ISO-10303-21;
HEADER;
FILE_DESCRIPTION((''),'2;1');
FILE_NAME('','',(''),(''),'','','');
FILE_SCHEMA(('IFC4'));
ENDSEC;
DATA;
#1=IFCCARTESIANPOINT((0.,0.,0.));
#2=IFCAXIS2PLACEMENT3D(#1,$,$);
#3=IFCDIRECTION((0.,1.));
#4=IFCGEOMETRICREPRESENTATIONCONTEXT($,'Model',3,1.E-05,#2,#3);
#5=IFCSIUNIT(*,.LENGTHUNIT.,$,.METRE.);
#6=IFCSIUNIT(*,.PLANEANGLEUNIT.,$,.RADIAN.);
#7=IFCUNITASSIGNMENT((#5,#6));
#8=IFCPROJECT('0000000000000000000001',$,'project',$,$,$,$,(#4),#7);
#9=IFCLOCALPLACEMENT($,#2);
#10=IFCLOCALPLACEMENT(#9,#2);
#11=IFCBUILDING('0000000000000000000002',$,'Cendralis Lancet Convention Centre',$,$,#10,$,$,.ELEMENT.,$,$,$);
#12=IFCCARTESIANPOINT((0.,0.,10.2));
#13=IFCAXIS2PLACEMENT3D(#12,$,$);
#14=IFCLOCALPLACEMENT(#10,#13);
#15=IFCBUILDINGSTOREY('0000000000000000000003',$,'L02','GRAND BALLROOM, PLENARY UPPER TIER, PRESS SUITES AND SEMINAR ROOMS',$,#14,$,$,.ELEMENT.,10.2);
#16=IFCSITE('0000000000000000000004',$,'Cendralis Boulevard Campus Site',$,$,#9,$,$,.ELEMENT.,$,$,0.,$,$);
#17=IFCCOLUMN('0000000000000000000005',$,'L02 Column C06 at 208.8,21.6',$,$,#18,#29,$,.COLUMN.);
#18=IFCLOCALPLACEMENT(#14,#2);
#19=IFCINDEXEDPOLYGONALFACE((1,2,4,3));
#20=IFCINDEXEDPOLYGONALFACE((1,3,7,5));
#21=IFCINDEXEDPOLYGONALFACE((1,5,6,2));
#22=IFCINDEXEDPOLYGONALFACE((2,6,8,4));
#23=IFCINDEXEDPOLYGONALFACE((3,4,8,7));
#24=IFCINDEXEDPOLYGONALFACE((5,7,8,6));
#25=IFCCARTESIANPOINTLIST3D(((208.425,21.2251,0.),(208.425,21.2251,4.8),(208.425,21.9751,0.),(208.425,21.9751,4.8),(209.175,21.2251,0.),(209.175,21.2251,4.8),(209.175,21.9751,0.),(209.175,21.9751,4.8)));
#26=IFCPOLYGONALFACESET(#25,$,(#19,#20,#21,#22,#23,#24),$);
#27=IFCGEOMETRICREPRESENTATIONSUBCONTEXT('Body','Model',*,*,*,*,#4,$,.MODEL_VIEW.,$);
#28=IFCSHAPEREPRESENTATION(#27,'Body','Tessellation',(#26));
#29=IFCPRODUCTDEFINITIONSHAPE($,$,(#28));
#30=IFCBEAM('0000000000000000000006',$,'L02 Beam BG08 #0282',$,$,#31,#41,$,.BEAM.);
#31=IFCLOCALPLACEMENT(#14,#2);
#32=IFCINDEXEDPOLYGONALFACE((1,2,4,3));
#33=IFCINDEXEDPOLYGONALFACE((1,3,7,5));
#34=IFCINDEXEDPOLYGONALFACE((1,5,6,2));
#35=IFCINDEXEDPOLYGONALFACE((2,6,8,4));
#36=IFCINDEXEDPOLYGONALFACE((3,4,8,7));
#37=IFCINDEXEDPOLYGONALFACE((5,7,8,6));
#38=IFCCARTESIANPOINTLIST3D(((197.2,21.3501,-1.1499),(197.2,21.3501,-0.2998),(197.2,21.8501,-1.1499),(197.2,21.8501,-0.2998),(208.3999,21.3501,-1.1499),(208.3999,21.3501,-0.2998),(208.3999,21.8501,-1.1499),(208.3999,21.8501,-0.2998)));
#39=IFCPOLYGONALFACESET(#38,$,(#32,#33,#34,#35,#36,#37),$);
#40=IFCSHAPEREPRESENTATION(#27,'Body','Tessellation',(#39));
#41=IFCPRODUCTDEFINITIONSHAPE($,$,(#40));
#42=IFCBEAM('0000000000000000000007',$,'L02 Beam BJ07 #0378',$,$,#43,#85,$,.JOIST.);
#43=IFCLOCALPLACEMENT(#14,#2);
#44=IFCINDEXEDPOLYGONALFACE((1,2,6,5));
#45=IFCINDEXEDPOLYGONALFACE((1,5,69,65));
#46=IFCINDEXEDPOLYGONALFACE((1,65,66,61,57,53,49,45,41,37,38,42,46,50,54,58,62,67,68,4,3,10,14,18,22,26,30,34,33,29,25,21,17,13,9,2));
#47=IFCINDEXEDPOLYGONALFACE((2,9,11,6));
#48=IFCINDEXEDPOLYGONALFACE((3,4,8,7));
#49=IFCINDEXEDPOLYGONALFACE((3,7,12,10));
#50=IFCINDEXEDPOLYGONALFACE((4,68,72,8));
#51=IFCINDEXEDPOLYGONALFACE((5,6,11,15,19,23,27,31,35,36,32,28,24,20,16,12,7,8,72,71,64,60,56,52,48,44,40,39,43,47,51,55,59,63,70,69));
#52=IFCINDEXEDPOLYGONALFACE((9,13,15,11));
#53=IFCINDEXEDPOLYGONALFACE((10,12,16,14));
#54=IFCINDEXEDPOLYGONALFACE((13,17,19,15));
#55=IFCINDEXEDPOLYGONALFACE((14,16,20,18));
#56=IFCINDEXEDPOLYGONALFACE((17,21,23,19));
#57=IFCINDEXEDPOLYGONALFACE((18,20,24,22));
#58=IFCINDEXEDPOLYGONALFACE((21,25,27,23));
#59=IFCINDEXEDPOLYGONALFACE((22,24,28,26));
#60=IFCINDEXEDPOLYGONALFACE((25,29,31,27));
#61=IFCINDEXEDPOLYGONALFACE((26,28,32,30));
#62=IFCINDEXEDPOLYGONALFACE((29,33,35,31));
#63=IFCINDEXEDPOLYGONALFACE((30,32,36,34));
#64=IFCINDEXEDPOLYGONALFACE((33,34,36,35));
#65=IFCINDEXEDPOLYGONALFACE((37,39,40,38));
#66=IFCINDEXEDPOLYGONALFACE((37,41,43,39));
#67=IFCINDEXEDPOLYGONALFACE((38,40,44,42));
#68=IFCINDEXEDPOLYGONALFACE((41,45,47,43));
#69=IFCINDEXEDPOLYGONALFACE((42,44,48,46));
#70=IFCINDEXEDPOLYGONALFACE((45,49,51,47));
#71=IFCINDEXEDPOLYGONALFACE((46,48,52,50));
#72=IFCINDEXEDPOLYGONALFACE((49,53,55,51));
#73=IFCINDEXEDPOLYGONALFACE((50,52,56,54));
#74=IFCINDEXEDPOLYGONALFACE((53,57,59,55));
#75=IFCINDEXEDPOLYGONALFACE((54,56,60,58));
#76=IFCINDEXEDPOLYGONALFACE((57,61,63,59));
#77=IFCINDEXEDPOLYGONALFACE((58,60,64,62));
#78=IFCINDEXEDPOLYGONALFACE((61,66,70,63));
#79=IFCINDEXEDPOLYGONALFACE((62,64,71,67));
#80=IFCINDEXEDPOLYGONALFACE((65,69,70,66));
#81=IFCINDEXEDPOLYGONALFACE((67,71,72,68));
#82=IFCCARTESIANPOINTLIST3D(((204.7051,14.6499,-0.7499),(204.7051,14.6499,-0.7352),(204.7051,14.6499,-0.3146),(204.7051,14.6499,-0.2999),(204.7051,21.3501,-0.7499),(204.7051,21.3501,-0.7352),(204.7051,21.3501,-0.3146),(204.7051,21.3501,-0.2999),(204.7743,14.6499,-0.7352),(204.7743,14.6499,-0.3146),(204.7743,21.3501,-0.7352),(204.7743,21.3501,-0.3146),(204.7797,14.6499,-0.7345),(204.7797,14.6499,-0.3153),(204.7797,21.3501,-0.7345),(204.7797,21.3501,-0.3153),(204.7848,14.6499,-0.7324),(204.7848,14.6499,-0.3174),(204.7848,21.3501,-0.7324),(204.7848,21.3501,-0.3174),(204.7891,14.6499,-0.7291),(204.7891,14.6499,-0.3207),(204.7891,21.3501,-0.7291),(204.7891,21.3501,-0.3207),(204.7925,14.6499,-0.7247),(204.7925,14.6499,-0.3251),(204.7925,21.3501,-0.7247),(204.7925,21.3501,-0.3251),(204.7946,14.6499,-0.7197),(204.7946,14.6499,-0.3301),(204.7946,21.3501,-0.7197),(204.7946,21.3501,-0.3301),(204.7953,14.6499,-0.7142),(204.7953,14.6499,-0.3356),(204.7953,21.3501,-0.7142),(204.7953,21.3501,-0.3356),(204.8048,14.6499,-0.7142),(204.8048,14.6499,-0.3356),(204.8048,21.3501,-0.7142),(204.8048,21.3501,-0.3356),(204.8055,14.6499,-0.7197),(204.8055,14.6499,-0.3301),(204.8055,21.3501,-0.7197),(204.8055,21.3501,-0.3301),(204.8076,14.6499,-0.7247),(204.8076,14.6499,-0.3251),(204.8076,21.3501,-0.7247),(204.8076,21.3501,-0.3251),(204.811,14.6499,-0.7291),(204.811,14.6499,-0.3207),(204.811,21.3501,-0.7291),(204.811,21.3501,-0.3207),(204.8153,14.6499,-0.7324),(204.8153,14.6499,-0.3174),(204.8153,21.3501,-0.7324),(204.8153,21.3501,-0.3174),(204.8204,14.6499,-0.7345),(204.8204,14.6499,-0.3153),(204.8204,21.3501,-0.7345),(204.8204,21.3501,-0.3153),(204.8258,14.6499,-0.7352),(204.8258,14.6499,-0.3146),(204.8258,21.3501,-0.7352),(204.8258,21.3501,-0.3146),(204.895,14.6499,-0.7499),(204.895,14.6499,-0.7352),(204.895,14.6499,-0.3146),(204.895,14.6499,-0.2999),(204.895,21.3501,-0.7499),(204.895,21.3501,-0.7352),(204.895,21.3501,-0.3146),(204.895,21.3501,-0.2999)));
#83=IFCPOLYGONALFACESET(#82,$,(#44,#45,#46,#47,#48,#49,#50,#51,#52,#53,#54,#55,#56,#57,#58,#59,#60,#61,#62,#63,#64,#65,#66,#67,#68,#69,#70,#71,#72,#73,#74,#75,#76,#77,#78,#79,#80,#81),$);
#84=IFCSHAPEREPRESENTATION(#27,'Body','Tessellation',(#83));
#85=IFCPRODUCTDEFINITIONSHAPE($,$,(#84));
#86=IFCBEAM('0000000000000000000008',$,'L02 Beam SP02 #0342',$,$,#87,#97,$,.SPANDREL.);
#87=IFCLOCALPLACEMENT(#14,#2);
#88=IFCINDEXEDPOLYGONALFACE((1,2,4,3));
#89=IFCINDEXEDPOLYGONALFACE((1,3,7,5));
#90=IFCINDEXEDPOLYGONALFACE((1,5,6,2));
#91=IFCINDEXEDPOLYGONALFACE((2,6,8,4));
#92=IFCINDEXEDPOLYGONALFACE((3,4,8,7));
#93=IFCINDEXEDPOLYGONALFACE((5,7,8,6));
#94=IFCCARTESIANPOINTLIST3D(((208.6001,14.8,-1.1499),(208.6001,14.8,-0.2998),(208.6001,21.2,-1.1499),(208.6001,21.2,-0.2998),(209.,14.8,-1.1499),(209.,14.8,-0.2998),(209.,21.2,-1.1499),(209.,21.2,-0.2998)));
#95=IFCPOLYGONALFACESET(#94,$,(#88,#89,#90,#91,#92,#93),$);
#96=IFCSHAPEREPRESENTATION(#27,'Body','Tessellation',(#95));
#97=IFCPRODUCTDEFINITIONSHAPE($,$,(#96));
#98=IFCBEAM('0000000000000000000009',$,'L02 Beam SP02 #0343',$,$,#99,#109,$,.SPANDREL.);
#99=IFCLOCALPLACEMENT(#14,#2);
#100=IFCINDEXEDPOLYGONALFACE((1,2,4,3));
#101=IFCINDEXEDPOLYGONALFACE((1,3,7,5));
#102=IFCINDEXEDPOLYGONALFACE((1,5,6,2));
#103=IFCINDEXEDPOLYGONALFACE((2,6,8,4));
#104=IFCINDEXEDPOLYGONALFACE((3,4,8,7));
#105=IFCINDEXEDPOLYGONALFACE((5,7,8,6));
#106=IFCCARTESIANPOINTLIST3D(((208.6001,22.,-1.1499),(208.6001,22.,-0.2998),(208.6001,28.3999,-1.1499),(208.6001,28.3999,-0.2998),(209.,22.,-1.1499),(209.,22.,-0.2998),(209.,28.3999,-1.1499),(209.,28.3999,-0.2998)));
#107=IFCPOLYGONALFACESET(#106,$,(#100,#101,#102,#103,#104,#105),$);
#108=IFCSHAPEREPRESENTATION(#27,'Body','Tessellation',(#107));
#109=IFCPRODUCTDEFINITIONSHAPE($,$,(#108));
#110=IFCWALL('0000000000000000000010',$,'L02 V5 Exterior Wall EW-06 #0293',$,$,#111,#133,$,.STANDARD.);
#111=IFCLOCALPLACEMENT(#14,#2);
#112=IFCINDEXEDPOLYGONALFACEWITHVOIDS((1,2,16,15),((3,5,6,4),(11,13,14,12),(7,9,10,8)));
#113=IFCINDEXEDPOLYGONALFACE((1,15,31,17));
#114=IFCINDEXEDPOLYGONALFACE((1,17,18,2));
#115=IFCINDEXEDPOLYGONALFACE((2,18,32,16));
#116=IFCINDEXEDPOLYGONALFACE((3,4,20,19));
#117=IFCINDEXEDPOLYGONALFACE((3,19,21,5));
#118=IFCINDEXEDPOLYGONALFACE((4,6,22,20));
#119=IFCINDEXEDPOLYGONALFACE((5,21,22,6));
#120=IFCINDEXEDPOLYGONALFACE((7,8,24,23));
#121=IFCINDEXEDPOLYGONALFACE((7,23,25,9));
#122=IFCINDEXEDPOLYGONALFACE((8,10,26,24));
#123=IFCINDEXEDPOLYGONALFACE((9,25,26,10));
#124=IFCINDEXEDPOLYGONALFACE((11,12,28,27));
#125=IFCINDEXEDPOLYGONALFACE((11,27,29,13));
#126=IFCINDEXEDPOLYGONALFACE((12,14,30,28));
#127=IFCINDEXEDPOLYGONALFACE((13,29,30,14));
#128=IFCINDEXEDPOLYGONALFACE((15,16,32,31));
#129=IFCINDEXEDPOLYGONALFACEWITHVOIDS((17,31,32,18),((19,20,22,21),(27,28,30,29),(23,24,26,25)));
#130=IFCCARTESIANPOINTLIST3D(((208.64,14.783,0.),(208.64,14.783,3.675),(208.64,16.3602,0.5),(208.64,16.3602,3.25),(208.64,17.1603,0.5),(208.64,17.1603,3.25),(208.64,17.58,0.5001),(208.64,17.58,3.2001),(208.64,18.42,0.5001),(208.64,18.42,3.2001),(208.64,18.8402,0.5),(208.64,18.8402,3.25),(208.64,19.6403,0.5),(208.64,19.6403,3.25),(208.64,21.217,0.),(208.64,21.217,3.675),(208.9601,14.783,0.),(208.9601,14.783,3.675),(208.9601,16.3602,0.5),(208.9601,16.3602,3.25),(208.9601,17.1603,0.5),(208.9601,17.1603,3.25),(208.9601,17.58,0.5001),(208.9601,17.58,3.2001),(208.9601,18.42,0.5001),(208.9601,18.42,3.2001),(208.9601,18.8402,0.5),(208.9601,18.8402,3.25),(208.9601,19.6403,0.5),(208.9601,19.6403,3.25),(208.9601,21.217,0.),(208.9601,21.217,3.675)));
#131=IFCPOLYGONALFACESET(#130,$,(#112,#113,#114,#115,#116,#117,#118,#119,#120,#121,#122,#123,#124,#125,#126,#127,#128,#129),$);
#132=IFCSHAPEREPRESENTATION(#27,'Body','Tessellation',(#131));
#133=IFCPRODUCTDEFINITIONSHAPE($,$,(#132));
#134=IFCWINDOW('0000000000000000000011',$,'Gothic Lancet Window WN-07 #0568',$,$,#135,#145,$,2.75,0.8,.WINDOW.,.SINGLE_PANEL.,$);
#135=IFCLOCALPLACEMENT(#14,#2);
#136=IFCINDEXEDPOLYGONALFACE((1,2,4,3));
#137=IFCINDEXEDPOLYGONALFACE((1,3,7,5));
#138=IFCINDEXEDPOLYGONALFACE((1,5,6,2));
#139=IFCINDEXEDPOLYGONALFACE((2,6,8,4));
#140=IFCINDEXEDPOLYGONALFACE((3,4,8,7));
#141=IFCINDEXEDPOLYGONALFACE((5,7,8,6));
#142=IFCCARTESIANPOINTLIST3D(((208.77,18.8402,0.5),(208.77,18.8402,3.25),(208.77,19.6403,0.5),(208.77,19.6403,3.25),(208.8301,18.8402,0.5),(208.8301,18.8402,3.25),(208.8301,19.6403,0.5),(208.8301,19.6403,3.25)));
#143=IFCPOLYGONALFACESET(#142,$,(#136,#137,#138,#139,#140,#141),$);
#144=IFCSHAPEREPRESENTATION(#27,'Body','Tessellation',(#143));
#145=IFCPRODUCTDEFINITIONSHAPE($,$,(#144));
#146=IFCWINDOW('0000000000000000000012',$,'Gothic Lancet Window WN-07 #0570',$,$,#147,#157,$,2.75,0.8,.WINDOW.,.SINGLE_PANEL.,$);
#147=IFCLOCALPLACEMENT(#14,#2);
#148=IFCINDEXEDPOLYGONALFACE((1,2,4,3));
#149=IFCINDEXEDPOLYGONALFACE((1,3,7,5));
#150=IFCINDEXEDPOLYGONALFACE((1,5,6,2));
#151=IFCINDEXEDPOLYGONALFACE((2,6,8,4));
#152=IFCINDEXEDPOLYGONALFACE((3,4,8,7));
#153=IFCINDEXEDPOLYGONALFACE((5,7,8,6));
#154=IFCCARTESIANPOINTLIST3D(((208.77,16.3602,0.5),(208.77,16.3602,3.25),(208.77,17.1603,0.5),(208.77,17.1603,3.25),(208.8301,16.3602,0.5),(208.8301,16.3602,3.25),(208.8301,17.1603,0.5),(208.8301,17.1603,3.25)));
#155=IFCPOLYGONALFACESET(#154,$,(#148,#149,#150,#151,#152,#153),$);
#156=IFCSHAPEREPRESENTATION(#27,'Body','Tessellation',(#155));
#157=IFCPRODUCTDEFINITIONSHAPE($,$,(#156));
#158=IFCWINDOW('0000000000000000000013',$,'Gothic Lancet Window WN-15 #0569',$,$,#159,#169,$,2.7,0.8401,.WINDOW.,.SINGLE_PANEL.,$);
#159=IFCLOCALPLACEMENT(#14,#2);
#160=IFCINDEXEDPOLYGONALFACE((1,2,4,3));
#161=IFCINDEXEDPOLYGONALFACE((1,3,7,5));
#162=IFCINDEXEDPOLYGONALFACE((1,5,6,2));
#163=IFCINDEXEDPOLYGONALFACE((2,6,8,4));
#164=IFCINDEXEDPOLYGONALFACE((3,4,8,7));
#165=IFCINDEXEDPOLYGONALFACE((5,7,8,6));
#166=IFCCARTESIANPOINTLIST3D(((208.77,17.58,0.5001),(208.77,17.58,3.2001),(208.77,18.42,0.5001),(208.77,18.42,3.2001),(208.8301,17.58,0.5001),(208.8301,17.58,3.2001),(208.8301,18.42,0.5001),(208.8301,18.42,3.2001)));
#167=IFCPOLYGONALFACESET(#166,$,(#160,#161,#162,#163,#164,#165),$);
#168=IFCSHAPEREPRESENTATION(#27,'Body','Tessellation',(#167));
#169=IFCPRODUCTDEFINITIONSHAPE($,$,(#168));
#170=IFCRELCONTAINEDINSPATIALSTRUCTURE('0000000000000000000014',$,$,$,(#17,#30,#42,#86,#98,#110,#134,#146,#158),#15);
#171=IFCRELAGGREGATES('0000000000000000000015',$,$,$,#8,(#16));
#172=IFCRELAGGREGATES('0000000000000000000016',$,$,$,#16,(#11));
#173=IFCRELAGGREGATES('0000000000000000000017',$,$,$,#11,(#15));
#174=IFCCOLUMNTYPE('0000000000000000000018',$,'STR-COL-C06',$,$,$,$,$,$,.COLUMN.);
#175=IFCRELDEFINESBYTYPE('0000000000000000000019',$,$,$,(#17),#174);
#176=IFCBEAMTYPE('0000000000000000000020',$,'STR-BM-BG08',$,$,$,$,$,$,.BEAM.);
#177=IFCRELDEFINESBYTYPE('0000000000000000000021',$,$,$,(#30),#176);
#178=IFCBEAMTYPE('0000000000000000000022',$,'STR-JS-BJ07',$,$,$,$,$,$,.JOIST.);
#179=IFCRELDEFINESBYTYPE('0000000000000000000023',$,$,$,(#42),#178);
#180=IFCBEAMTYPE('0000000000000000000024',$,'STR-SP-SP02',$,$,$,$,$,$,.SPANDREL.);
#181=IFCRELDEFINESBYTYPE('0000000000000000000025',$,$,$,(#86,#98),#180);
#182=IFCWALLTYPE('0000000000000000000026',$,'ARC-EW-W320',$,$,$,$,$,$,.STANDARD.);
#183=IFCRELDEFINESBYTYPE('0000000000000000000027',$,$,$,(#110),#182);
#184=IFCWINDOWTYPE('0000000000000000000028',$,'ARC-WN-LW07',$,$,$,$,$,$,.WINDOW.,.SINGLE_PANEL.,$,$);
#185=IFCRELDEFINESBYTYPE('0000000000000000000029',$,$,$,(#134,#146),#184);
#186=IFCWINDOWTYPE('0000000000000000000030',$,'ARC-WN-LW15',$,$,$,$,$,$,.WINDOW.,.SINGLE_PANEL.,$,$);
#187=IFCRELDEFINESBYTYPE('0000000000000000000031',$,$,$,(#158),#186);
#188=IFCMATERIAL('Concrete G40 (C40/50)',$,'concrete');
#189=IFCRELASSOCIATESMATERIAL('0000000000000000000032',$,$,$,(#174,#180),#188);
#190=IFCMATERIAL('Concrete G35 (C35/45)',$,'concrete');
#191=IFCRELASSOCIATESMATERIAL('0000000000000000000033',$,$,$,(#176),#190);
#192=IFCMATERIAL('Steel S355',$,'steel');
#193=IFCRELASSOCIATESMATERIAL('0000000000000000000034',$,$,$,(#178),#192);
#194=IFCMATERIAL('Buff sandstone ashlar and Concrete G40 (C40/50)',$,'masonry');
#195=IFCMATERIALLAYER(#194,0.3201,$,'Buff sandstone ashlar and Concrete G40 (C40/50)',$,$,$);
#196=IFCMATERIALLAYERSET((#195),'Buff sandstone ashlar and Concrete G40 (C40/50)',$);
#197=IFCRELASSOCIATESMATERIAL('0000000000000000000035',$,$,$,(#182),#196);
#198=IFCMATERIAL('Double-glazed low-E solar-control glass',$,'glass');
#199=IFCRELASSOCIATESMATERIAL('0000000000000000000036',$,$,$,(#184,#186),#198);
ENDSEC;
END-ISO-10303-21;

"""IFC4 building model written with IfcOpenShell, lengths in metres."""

from ifc_helpers import new_model, si_unit, direction, frame, frame_2d, origin, origin_2d, place, context, subcontext, project, spatial, rectangle, i_section, extrude, material, layer, layer_set, material_profile, profile_set, type_object, element, fill, save


model = new_model("IFC4")

# Units and contexts
model_context = context("Model", 3, precision=1e-05, world=origin(), true_north=direction((0.0, 1.0)))
body_context = subcontext(model_context, "Body", "Model", "MODEL_VIEW")
ifc_project = project(units=[si_unit("LENGTHUNIT", "METRE"), si_unit("PLANEANGLEUNIT", "RADIAN")], contexts=[model_context])

# Site, building, storey
site_placement = place(None, origin())
site = spatial("IfcSite", under=ifc_project, at=site_placement, Name="Cendralis Boulevard Campus Site", CompositionType="ELEMENT", RefElevation=0.0)
building_placement = place(site_placement, origin())
building = spatial("IfcBuilding", under=site, at=building_placement, Name="Cendralis Lancet Convention Centre", CompositionType="ELEMENT")
storey_placement = place(building_placement, frame((0.0, 0.0, 10.2)))
storey = spatial("IfcBuildingStorey", under=building, at=storey_placement, Name="L02", Description="GRAND BALLROOM, PLENARY UPPER TIER, PRESS SUITES AND SEMINAR ROOMS", CompositionType="ELEMENT", Elevation=10.2)

# Column
ifc_material_1 = material(Name="Concrete G40 (C40/50)", Category="concrete")
ifc_material_profile_1 = material_profile(ifc_material_1, rectangle(XDim=0.75, YDim=0.75, at=origin_2d()), Name="RC 750x750")
ifc_profile_set_1 = profile_set([ifc_material_profile_1], Name="Concrete G40 (C40/50)")
column_type = type_object("IfcColumnType", Name="STR-COL-C06", PredefinedType="COLUMN", material=ifc_profile_set_1)
column_placement = place(storey_placement, frame((208.8, 21.6001, 0.0), z_axis=(0.0, 0.0, 1.0), x_axis=(1.0, 0.0, 0.0)))
element("IfcColumn", 1, at=column_placement, inside=storey, type_object=column_type, Name="L02 Column C06 at 208.8,21.6", PredefinedType="COLUMN", context=body_context, shape_type="SweptSolid", body=[
    extrude(rectangle(XDim=0.75, YDim=0.75, at=origin_2d()), origin(), (0.0, 0.0, 1.0), 4.8),
])

# Beams
ifc_material_2 = material(Name="Concrete G35 (C35/45)", Category="concrete")
ifc_material_profile_2 = material_profile(ifc_material_2, rectangle(XDim=0.5, YDim=0.8501, at=origin_2d()), Name="RCB 500x850")
ifc_profile_set_2 = profile_set([ifc_material_profile_2], Name="Concrete G35 (C35/45)")
beam_type_1 = type_object("IfcBeamType", Name="STR-BM-BG08", PredefinedType="BEAM", material=ifc_profile_set_2)
beam_1_placement = place(storey_placement, frame((197.2, 21.6001, -0.7249), z_axis=(1.0, 0.0, 0.0), x_axis=(0.0, 1.0, 0.0)))
element("IfcBeam", 2, at=beam_1_placement, inside=storey, type_object=beam_type_1, Name="L02 Beam BG08 #0282", PredefinedType="BEAM", context=body_context, shape_type="SweptSolid", body=[
    extrude(rectangle(XDim=0.5, YDim=0.8501, at=origin_2d()), origin(), (0.0, 0.0, 1.0), 11.2),
])
ifc_material_3 = material(Name="Steel S355", Category="steel")
ifc_material_profile_3 = material_profile(ifc_material_3, i_section(OverallWidth=0.1899, OverallDepth=0.45, WebThickness=0.0095, FlangeThickness=0.0146, FilletRadius=0.021, at=origin_2d()), Name="IPE 450")
ifc_profile_set_3 = profile_set([ifc_material_profile_3], Name="Steel S355")
beam_type_2 = type_object("IfcBeamType", Name="STR-JS-BJ07", PredefinedType="JOIST", material=ifc_profile_set_3)
beam_2_placement = place(storey_placement, frame((204.8, 14.6499, -0.5249), z_axis=(0.0, 1.0, 0.0), x_axis=(-1.0, 0.0, 0.0)))
element("IfcBeam", 3, at=beam_2_placement, inside=storey, type_object=beam_type_2, Name="L02 Beam BJ07 #0378", PredefinedType="JOIST", context=body_context, shape_type="SweptSolid", body=[
    extrude(i_section(OverallWidth=0.1899, OverallDepth=0.45, WebThickness=0.0095, FlangeThickness=0.0146, FilletRadius=0.021, at=origin_2d()), origin(), (0.0, 0.0, 1.0), 6.7002),
])
ifc_material_profile_4 = material_profile(ifc_material_1, rectangle(XDim=0.3999, YDim=0.8501, at=origin_2d()), Name="RCB 400x850")
ifc_profile_set_4 = profile_set([ifc_material_profile_4], Name="Concrete G40 (C40/50)")
beam_type_3 = type_object("IfcBeamType", Name="STR-SP-SP02", PredefinedType="SPANDREL", material=ifc_profile_set_4)
for number, where, z_axis, x_axis, name in (
    (4, (208.8, 14.8, -0.7249), (0.0, 1.0, 0.0), (-1.0, 0.0, 0.0), "L02 Beam SP02 #0342"),
    (5, (208.8, 22.0, -0.7249), (0.0, 1.0, 0.0), (-1.0, 0.0, 0.0), "L02 Beam SP02 #0343"),
):
    element("IfcBeam", number, at=place(storey_placement, frame(where, z_axis=z_axis, x_axis=x_axis)), inside=storey, type_object=beam_type_3, Name=name, PredefinedType="SPANDREL", context=body_context, shape_type="SweptSolid", body=[
        extrude(rectangle(XDim=0.3999, YDim=0.8501, at=origin_2d()), origin(), (0.0, 0.0, 1.0), 6.3999),
    ])

# Wall, openings, windows
ifc_material_4 = material(Name="Buff sandstone ashlar and Concrete G40 (C40/50)", Category="masonry")
ifc_layer_1 = layer(ifc_material_4, 0.3201, Name="Buff sandstone ashlar and Concrete G40 (C40/50)")
ifc_layer_set_1 = layer_set([ifc_layer_1], Name="Buff sandstone ashlar and Concrete G40 (C40/50)")
wall_type_1 = type_object("IfcWallType", Name="ARC-EW-W320", PredefinedType="STANDARD", material=ifc_layer_set_1)
wall_1_placement = place(storey_placement, frame((208.8, 21.217, 0.0), z_axis=(0.0, 0.0, 1.0), x_axis=(0.0, -1.0, 0.0)))
wall_1 = element("IfcWall", 6, at=wall_1_placement, inside=storey, type_object=wall_type_1, Name="L02 V5 Exterior Wall EW-06 #0293", PredefinedType="STANDARD", context=body_context, shape_type="SweptSolid", body=[
    extrude(rectangle(XDim=6.4341, YDim=0.3201, at=frame_2d((3.217, 0.0))), origin(), (0.0, 0.0, 1.0), 3.675),
])
opening_1_placement = place(wall_1_placement, frame((1.5769, 0.0, 0.5)))
opening_1 = element("IfcOpeningElement", 7, at=opening_1_placement, cuts=wall_1, PredefinedType="OPENING", context=body_context, shape_type="SweptSolid", body=[
    extrude(rectangle(XDim=0.8, YDim=2.75, at=frame_2d((0.3999, 1.375))), frame((0.0, 0.1699, 0.0), z_axis=(0.0, -1.0, 0.0), x_axis=(1.0, 0.0, 0.0)), (0.0, 0.0, 1.0), 0.3401),
])
opening_2_placement = place(wall_1_placement, frame((2.7971, 0.0, 0.5)))
opening_2 = element("IfcOpeningElement", 8, at=opening_2_placement, cuts=wall_1, PredefinedType="OPENING", context=body_context, shape_type="SweptSolid", body=[
    extrude(rectangle(XDim=0.8401, YDim=2.7, at=frame_2d((0.4199, 1.3501))), frame((0.0, 0.1699, 0.0), z_axis=(0.0, -1.0, 0.0), x_axis=(1.0, 0.0, 0.0)), (0.0, 0.0, 1.0), 0.3401),
])
opening_3_placement = place(wall_1_placement, frame((4.0569, 0.0, 0.5)))
opening_3 = element("IfcOpeningElement", 9, at=opening_3_placement, cuts=wall_1, PredefinedType="OPENING", context=body_context, shape_type="SweptSolid", body=[
    extrude(rectangle(XDim=0.8, YDim=2.75, at=frame_2d((0.3999, 1.375))), frame((0.0, 0.1699, 0.0), z_axis=(0.0, -1.0, 0.0), x_axis=(1.0, 0.0, 0.0)), (0.0, 0.0, 1.0), 0.3401),
])
ifc_material_5 = material(Name="Double-glazed low-E solar-control glass", Category="glass")
window_type_1 = type_object("IfcWindowType", Name="ARC-WN-LW07", PartitioningType="SINGLE_PANEL", PredefinedType="WINDOW", material=ifc_material_5)
window_1_placement = place(opening_1_placement, origin())
window_1 = element("IfcWindow", 10, at=window_1_placement, inside=storey, type_object=window_type_1, Name="Gothic Lancet Window WN-07 #0568", OverallHeight=2.75, OverallWidth=0.8, PartitioningType="SINGLE_PANEL", PredefinedType="WINDOW", context=body_context, shape_type="SweptSolid", body=[
    extrude(rectangle(XDim=0.8, YDim=2.75, at=frame_2d((0.3999, 1.375))), frame((0.0, 0.03, 0.0), z_axis=(0.0, -1.0, 0.0), x_axis=(1.0, 0.0, 0.0)), (0.0, 0.0, 1.0), 0.0601),
])
fill(opening_1, window_1)
window_2_placement = place(opening_3_placement, origin())
window_2 = element("IfcWindow", 11, at=window_2_placement, inside=storey, type_object=window_type_1, Name="Gothic Lancet Window WN-07 #0570", OverallHeight=2.75, OverallWidth=0.8, PartitioningType="SINGLE_PANEL", PredefinedType="WINDOW", context=body_context, shape_type="SweptSolid", body=[
    extrude(rectangle(XDim=0.8, YDim=2.75, at=frame_2d((0.3999, 1.375))), frame((0.0, 0.03, 0.0), z_axis=(0.0, -1.0, 0.0), x_axis=(1.0, 0.0, 0.0)), (0.0, 0.0, 1.0), 0.0601),
])
fill(opening_3, window_2)
window_type_2 = type_object("IfcWindowType", Name="ARC-WN-LW15", PartitioningType="SINGLE_PANEL", PredefinedType="WINDOW", material=ifc_material_5)
window_3_placement = place(opening_2_placement, origin())
window_3 = element("IfcWindow", 12, at=window_3_placement, inside=storey, type_object=window_type_2, Name="Gothic Lancet Window WN-15 #0569", OverallHeight=2.7, OverallWidth=0.8401, PartitioningType="SINGLE_PANEL", PredefinedType="WINDOW", context=body_context, shape_type="SweptSolid", body=[
    extrude(rectangle(XDim=0.8401, YDim=2.7, at=frame_2d((0.4199, 1.3501))), frame((0.0, 0.03, 0.0), z_axis=(0.0, -1.0, 0.0), x_axis=(1.0, 0.0, 0.0)), (0.0, 0.0, 1.0), 0.0601),
])
fill(opening_2, window_3)

save(model, "model.ifc")
